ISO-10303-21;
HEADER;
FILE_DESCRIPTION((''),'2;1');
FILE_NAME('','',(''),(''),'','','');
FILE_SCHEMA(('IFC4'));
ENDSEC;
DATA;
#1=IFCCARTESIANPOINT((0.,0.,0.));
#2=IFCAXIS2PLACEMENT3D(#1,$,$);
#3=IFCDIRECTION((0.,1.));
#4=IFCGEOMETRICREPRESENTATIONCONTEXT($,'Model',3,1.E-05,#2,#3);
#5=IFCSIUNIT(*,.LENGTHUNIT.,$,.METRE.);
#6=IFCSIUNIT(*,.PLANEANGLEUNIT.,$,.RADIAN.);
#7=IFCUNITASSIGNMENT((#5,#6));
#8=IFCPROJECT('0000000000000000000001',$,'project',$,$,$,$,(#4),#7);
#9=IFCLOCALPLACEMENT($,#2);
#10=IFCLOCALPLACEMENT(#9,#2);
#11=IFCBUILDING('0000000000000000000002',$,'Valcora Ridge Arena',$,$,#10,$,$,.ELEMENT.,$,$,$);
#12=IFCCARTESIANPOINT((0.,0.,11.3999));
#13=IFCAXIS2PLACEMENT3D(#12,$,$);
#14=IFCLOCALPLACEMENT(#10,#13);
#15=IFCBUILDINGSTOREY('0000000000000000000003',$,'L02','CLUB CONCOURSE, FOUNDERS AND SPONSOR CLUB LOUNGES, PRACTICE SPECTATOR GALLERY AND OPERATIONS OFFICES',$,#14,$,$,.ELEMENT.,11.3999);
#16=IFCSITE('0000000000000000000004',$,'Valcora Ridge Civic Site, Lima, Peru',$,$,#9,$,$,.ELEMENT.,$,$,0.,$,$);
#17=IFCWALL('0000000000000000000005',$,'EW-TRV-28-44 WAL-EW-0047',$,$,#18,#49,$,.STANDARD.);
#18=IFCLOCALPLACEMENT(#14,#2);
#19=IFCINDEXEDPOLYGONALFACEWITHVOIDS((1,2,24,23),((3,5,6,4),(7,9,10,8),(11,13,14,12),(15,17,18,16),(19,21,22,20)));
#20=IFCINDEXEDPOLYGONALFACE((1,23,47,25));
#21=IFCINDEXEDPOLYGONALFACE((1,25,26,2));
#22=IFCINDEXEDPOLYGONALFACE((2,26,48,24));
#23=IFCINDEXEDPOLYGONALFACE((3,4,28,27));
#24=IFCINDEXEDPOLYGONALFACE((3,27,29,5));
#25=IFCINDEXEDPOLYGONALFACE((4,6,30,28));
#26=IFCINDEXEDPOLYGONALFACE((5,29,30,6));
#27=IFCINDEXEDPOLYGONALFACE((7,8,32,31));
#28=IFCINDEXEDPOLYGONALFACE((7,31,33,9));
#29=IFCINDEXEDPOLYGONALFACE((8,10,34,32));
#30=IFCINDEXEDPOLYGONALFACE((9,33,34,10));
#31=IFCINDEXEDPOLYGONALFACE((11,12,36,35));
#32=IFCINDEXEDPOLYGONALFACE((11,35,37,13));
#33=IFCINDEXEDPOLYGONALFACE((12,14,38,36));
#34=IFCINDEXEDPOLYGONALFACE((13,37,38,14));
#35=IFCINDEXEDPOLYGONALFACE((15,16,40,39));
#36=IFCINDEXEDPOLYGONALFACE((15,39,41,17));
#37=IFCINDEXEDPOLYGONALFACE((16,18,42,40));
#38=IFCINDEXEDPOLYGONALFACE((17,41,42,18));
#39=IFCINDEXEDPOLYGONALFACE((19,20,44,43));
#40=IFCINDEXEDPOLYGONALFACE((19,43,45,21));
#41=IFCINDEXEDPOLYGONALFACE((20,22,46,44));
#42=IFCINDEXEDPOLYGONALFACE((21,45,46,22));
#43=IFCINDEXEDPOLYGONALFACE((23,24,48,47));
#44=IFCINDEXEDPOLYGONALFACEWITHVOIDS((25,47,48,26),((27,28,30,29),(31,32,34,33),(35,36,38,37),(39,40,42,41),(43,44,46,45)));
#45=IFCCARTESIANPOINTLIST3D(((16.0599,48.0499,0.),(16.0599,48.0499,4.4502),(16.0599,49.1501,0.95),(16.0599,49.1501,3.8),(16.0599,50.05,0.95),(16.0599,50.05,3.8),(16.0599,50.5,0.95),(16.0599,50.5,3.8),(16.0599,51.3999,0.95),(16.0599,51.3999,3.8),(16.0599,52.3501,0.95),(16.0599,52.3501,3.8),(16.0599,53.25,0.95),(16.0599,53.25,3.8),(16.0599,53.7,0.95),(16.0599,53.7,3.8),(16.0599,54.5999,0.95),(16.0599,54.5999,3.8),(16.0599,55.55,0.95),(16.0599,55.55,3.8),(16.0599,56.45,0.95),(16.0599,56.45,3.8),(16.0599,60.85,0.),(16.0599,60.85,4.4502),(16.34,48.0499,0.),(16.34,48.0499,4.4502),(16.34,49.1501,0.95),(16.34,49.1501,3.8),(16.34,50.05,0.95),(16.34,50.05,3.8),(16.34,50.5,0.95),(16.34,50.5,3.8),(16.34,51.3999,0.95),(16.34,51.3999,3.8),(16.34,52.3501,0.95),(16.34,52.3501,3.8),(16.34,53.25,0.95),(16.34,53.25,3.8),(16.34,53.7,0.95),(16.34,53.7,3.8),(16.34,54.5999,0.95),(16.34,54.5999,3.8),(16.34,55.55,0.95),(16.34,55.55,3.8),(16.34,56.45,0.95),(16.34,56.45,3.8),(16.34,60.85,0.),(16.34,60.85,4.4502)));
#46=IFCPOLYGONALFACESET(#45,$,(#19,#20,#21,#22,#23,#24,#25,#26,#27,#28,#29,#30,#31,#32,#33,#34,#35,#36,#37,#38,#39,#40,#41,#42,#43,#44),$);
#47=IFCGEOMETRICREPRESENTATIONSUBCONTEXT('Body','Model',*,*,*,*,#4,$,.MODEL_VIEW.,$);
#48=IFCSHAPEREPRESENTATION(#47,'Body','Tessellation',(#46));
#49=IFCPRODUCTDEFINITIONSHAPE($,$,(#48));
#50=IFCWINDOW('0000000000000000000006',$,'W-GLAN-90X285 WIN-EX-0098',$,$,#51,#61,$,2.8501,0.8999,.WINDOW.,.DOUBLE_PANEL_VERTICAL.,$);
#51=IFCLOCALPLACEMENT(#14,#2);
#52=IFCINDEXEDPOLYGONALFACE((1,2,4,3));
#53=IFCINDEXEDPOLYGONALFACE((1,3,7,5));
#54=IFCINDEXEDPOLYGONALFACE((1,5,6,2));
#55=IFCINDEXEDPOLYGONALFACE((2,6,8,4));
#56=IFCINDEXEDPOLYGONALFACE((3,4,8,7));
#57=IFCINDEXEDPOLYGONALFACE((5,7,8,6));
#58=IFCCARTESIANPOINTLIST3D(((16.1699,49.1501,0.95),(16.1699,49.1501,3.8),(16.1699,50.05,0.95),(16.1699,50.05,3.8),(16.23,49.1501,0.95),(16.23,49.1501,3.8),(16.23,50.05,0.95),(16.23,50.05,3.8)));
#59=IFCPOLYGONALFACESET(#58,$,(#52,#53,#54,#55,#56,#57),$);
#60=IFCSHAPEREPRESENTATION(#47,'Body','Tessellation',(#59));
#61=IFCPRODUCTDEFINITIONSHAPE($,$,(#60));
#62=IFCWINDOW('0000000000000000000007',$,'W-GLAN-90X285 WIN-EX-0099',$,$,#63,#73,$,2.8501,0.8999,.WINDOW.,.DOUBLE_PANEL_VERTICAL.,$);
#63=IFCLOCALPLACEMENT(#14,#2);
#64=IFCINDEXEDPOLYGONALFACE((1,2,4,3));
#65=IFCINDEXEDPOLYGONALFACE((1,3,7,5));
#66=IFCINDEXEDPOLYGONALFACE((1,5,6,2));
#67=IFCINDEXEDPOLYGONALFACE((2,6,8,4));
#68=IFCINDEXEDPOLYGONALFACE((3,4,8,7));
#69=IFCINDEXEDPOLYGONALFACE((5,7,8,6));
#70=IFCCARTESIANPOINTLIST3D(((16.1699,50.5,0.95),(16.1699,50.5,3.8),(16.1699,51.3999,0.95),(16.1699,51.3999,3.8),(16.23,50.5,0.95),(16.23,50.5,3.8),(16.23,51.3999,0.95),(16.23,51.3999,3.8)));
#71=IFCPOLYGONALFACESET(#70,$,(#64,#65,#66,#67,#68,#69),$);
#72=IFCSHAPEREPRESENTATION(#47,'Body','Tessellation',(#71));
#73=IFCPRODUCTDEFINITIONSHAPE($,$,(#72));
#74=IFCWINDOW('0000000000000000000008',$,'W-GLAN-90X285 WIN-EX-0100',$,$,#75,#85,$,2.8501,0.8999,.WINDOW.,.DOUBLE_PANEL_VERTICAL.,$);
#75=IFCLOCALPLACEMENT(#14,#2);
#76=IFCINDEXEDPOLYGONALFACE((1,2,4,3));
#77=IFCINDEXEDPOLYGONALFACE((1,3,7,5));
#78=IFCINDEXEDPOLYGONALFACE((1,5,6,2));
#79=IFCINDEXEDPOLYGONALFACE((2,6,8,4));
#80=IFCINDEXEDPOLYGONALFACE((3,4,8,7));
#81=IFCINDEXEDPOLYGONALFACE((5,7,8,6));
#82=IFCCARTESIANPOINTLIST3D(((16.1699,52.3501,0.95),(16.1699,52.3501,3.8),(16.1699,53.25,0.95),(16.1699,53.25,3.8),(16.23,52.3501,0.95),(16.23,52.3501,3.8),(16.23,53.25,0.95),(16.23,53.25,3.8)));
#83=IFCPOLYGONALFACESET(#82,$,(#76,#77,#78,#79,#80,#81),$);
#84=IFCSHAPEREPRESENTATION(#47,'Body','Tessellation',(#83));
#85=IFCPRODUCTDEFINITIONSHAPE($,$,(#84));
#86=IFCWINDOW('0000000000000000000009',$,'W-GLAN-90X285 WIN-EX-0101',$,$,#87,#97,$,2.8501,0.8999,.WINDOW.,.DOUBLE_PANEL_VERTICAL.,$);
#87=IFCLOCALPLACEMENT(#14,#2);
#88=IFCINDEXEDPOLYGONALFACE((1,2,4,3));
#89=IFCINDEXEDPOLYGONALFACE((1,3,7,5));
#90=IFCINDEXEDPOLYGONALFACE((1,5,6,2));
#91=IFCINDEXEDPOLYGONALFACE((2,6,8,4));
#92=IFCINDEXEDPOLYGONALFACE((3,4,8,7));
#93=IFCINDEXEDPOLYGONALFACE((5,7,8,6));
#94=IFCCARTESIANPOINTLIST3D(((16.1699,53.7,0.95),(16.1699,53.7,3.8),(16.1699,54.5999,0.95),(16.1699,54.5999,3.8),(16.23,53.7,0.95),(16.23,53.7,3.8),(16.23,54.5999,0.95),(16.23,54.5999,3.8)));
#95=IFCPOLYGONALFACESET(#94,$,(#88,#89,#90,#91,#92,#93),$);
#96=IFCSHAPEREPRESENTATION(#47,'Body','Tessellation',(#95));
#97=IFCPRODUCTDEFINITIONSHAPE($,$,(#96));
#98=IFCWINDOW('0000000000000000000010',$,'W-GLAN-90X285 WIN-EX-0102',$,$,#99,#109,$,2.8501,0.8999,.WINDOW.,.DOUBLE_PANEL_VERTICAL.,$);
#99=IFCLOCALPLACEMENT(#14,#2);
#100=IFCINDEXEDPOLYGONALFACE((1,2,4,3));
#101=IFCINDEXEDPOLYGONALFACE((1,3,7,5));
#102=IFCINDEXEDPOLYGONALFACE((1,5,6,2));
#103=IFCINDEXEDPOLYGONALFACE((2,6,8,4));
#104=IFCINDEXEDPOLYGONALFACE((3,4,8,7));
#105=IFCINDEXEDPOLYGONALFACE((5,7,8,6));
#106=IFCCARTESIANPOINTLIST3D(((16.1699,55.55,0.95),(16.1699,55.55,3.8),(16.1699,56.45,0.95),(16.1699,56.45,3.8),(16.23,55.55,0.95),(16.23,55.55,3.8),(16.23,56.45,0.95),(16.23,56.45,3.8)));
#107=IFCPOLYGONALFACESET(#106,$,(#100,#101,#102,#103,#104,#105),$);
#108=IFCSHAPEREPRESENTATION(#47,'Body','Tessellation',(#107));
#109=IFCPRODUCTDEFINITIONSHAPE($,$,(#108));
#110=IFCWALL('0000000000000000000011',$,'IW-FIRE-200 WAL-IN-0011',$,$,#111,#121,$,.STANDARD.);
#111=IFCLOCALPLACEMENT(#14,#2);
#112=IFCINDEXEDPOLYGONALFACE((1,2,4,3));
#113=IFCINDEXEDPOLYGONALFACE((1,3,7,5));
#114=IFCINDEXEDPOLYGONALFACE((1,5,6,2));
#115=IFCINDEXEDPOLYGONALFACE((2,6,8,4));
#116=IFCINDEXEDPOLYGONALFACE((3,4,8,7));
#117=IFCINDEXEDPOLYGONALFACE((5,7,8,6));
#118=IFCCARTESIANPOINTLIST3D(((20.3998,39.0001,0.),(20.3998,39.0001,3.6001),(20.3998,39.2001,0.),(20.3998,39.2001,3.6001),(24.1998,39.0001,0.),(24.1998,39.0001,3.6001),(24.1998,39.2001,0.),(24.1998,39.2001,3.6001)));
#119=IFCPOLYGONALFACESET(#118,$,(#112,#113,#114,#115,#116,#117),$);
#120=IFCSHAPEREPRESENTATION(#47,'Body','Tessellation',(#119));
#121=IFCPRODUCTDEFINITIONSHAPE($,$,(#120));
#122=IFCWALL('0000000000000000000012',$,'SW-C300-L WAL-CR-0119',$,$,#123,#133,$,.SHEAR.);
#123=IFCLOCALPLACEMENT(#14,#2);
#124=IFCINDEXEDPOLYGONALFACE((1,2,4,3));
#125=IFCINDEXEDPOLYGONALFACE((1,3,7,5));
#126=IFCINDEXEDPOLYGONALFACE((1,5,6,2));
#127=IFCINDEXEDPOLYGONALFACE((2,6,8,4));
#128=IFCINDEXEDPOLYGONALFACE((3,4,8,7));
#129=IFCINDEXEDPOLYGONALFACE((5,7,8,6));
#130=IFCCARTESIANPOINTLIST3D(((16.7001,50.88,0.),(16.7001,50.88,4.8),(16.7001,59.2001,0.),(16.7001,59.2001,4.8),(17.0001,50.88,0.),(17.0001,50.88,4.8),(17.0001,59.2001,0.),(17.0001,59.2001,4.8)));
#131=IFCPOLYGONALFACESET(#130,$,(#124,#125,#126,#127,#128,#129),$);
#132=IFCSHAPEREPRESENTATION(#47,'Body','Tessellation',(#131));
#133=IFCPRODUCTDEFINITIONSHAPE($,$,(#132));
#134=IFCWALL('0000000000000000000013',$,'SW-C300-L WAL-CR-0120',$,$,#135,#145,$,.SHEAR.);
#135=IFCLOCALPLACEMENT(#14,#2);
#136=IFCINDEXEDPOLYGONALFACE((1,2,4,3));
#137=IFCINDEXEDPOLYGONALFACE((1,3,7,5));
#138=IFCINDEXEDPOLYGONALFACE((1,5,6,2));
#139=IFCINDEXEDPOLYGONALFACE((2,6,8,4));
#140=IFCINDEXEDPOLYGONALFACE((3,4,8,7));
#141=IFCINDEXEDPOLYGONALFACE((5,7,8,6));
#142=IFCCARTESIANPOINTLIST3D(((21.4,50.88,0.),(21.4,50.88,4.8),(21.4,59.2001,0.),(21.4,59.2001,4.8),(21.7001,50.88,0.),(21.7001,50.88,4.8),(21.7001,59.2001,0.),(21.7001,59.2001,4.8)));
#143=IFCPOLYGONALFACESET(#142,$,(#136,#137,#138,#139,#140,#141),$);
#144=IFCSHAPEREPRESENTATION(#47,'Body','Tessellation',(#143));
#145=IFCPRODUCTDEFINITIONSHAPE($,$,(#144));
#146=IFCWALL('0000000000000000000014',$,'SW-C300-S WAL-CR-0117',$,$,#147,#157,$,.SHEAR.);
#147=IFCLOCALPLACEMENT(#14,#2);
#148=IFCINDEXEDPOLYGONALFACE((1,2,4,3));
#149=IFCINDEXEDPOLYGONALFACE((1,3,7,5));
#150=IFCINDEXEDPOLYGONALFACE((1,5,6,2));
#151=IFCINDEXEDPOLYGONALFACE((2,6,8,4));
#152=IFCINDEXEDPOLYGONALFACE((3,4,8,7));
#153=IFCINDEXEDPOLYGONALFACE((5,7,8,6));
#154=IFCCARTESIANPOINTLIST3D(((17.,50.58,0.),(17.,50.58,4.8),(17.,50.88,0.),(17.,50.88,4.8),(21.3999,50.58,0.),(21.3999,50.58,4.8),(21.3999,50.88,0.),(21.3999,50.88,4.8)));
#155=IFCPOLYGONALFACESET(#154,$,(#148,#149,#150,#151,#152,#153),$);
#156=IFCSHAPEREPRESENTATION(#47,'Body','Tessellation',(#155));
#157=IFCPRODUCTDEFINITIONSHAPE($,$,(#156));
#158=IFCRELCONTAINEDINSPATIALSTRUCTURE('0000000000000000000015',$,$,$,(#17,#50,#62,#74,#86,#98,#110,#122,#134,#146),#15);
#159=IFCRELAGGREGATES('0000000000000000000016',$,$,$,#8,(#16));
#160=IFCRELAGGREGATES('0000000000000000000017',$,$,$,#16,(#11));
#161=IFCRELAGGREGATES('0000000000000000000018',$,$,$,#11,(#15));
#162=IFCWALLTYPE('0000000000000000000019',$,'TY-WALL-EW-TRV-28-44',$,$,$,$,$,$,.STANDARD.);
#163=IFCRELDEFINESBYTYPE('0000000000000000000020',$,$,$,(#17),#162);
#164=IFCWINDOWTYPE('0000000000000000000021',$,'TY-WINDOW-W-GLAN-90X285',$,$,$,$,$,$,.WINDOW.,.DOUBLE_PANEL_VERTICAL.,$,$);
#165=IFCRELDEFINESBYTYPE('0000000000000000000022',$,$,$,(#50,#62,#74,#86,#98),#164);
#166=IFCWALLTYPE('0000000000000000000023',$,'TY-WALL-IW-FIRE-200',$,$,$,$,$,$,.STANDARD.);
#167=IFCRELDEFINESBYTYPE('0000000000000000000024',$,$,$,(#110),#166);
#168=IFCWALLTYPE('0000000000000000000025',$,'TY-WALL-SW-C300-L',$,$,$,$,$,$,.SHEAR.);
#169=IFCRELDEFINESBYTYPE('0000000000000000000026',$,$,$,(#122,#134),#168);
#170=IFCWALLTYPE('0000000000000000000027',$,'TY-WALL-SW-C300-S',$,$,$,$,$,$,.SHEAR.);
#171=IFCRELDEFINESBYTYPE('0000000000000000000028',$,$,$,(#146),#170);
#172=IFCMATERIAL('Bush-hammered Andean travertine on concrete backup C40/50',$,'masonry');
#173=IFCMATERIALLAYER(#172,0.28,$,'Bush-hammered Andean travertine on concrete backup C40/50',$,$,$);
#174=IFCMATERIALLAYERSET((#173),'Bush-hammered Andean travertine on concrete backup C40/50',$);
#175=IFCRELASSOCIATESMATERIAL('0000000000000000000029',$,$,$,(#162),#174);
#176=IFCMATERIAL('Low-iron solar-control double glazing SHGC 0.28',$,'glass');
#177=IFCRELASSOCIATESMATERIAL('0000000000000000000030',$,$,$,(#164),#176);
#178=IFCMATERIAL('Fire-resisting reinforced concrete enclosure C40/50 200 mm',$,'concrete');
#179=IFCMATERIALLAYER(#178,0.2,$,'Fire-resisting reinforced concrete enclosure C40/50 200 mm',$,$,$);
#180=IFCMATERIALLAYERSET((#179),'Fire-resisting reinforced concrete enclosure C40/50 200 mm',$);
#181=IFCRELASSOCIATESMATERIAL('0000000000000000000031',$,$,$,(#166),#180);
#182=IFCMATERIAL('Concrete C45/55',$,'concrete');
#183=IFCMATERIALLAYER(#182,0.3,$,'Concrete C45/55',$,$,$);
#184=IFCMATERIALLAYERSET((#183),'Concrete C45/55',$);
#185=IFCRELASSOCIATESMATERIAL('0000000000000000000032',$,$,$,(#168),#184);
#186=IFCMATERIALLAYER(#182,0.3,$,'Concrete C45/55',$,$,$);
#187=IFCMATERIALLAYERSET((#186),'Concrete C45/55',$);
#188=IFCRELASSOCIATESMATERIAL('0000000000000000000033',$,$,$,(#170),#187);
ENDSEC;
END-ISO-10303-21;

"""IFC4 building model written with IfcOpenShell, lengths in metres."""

from ifc_helpers import new_model, si_unit, direction, frame, frame_2d, origin, place, context, subcontext, project, spatial, rectangle, extrude, material, layer, layer_set, type_object, element, fill, save


model = new_model("IFC4")

# Units and contexts
model_context = context("Model", 3, precision=1e-05, world=origin(), true_north=direction((0.0, 1.0)))
body_context = subcontext(model_context, "Body", "Model", "MODEL_VIEW")
ifc_project = project(units=[si_unit("LENGTHUNIT", "METRE"), si_unit("PLANEANGLEUNIT", "RADIAN")], contexts=[model_context])

# Site, building, storey
site_placement = place(None, origin())
site = spatial("IfcSite", under=ifc_project, at=site_placement, Name="Valcora Ridge Civic Site, Lima, Peru", CompositionType="ELEMENT", RefElevation=0.0)
building_placement = place(site_placement, origin())
building = spatial("IfcBuilding", under=site, at=building_placement, Name="Valcora Ridge Arena", CompositionType="ELEMENT")
storey_placement = place(building_placement, frame((0.0, 0.0, 11.3999)))
storey = spatial("IfcBuildingStorey", under=building, at=storey_placement, Name="L02", Description="CLUB CONCOURSE, FOUNDERS AND SPONSOR CLUB LOUNGES, PRACTICE SPECTATOR GALLERY AND OPERATIONS OFFICES", CompositionType="ELEMENT", Elevation=11.3999)

# Shared definitions
ifc_material_1 = material(Name="Low-iron solar-control double glazing SHGC 0.28", Category="glass")

# Wall, openings, windows
ifc_material_2 = material(Name="Bush-hammered Andean travertine on concrete backup C40/50", Category="masonry")
ifc_layer_1 = layer(ifc_material_2, 0.28, Name="Bush-hammered Andean travertine on concrete backup C40/50")
ifc_layer_set_1 = layer_set([ifc_layer_1], Name="Bush-hammered Andean travertine on concrete backup C40/50")
wall_type_1 = type_object("IfcWallType", Name="TY-WALL-EW-TRV-28-44", PredefinedType="STANDARD", material=ifc_layer_set_1)
wall_1_placement = place(storey_placement, frame((16.2, 48.05, 0.0), z_axis=(0.0, 0.0, 1.0), x_axis=(0.0, 1.0, 0.0)))
wall_1 = element("IfcWall", 1, at=wall_1_placement, inside=storey, type_object=wall_type_1, Name="EW-TRV-28-44 WAL-EW-0047", PredefinedType="STANDARD", context=body_context, shape_type="SweptSolid", body=[
    extrude(rectangle(XDim=12.8, YDim=0.28, at=frame_2d((6.3999, 0.0))), origin(), (0.0, 0.0, 1.0), 4.4502),
])
opening_1_placement = place(wall_1_placement, frame((1.1001, 0.0, 0.95)))
opening_1 = element("IfcOpeningElement", 2, at=opening_1_placement, cuts=wall_1, PredefinedType="OPENING", context=body_context, shape_type="SweptSolid", body=[
    extrude(rectangle(XDim=0.8999, YDim=2.8501, at=frame_2d((0.45, 1.425))), frame((0.0, 0.1499, 0.0), z_axis=(0.0, -1.0, 0.0), x_axis=(1.0, 0.0, 0.0)), (0.0, 0.0, 1.0), 0.3),
])
opening_2_placement = place(wall_1_placement, frame((2.45, 0.0, 0.95)))
opening_2 = element("IfcOpeningElement", 3, at=opening_2_placement, cuts=wall_1, PredefinedType="OPENING", context=body_context, shape_type="SweptSolid", body=[
    extrude(rectangle(XDim=0.8999, YDim=2.8501, at=frame_2d((0.45, 1.425))), frame((0.0, 0.1499, 0.0), z_axis=(0.0, -1.0, 0.0), x_axis=(1.0, 0.0, 0.0)), (0.0, 0.0, 1.0), 0.3),
])
opening_3_placement = place(wall_1_placement, frame((4.3, 0.0, 0.95)))
opening_3 = element("IfcOpeningElement", 4, at=opening_3_placement, cuts=wall_1, PredefinedType="OPENING", context=body_context, shape_type="SweptSolid", body=[
    extrude(rectangle(XDim=0.8999, YDim=2.8501, at=frame_2d((0.45, 1.425))), frame((0.0, 0.1499, 0.0), z_axis=(0.0, -1.0, 0.0), x_axis=(1.0, 0.0, 0.0)), (0.0, 0.0, 1.0), 0.3),
])
opening_4_placement = place(wall_1_placement, frame((5.6499, 0.0, 0.95)))
opening_4 = element("IfcOpeningElement", 5, at=opening_4_placement, cuts=wall_1, PredefinedType="OPENING", context=body_context, shape_type="SweptSolid", body=[
    extrude(rectangle(XDim=0.8999, YDim=2.8501, at=frame_2d((0.45, 1.425))), frame((0.0, 0.1499, 0.0), z_axis=(0.0, -1.0, 0.0), x_axis=(1.0, 0.0, 0.0)), (0.0, 0.0, 1.0), 0.3),
])
opening_5_placement = place(wall_1_placement, frame((7.5, 0.0, 0.95)))
opening_5 = element("IfcOpeningElement", 6, at=opening_5_placement, cuts=wall_1, PredefinedType="OPENING", context=body_context, shape_type="SweptSolid", body=[
    extrude(rectangle(XDim=0.8999, YDim=2.8501, at=frame_2d((0.45, 1.425))), frame((0.0, 0.1499, 0.0), z_axis=(0.0, -1.0, 0.0), x_axis=(1.0, 0.0, 0.0)), (0.0, 0.0, 1.0), 0.3),
])
window_type = type_object("IfcWindowType", Name="TY-WINDOW-W-GLAN-90X285", PartitioningType="DOUBLE_PANEL_VERTICAL", PredefinedType="WINDOW", material=ifc_material_1)
window_1_placement = place(opening_1_placement, origin())
window_1 = element("IfcWindow", 7, at=window_1_placement, inside=storey, type_object=window_type, Name="W-GLAN-90X285 WIN-EX-0098", OverallHeight=2.8501, OverallWidth=0.8999, PartitioningType="DOUBLE_PANEL_VERTICAL", PredefinedType="WINDOW", context=body_context, shape_type="SweptSolid", body=[
    extrude(rectangle(XDim=0.8999, YDim=2.8501, at=frame_2d((0.45, 1.425))), frame((0.0, 0.03, 0.0), z_axis=(0.0, -1.0, 0.0), x_axis=(1.0, 0.0, 0.0)), (0.0, 0.0, 1.0), 0.0601),
])
fill(opening_1, window_1)
window_2_placement = place(opening_2_placement, origin())
window_2 = element("IfcWindow", 8, at=window_2_placement, inside=storey, type_object=window_type, Name="W-GLAN-90X285 WIN-EX-0099", OverallHeight=2.8501, OverallWidth=0.8999, PartitioningType="DOUBLE_PANEL_VERTICAL", PredefinedType="WINDOW", context=body_context, shape_type="SweptSolid", body=[
    extrude(rectangle(XDim=0.8999, YDim=2.8501, at=frame_2d((0.45, 1.425))), frame((0.0, 0.03, 0.0), z_axis=(0.0, -1.0, 0.0), x_axis=(1.0, 0.0, 0.0)), (0.0, 0.0, 1.0), 0.0601),
])
fill(opening_2, window_2)
window_3_placement = place(opening_3_placement, origin())
window_3 = element("IfcWindow", 9, at=window_3_placement, inside=storey, type_object=window_type, Name="W-GLAN-90X285 WIN-EX-0100", OverallHeight=2.8501, OverallWidth=0.8999, PartitioningType="DOUBLE_PANEL_VERTICAL", PredefinedType="WINDOW", context=body_context, shape_type="SweptSolid", body=[
    extrude(rectangle(XDim=0.8999, YDim=2.8501, at=frame_2d((0.45, 1.425))), frame((0.0, 0.03, 0.0), z_axis=(0.0, -1.0, 0.0), x_axis=(1.0, 0.0, 0.0)), (0.0, 0.0, 1.0), 0.0601),
])
fill(opening_3, window_3)
window_4_placement = place(opening_4_placement, origin())
window_4 = element("IfcWindow", 10, at=window_4_placement, inside=storey, type_object=window_type, Name="W-GLAN-90X285 WIN-EX-0101", OverallHeight=2.8501, OverallWidth=0.8999, PartitioningType="DOUBLE_PANEL_VERTICAL", PredefinedType="WINDOW", context=body_context, shape_type="SweptSolid", body=[
    extrude(rectangle(XDim=0.8999, YDim=2.8501, at=frame_2d((0.45, 1.425))), frame((0.0, 0.03, 0.0), z_axis=(0.0, -1.0, 0.0), x_axis=(1.0, 0.0, 0.0)), (0.0, 0.0, 1.0), 0.0601),
])
fill(opening_4, window_4)
window_5_placement = place(opening_5_placement, origin())
window_5 = element("IfcWindow", 11, at=window_5_placement, inside=storey, type_object=window_type, Name="W-GLAN-90X285 WIN-EX-0102", OverallHeight=2.8501, OverallWidth=0.8999, PartitioningType="DOUBLE_PANEL_VERTICAL", PredefinedType="WINDOW", context=body_context, shape_type="SweptSolid", body=[
    extrude(rectangle(XDim=0.8999, YDim=2.8501, at=frame_2d((0.45, 1.425))), frame((0.0, 0.03, 0.0), z_axis=(0.0, -1.0, 0.0), x_axis=(1.0, 0.0, 0.0)), (0.0, 0.0, 1.0), 0.0601),
])
fill(opening_5, window_5)

# Walls
ifc_material_3 = material(Name="Fire-resisting reinforced concrete enclosure C40/50 200 mm", Category="concrete")
ifc_layer_2 = layer(ifc_material_3, 0.2, Name="Fire-resisting reinforced concrete enclosure C40/50 200 mm")
ifc_layer_set_2 = layer_set([ifc_layer_2], Name="Fire-resisting reinforced concrete enclosure C40/50 200 mm")
wall_type_2 = type_object("IfcWallType", Name="TY-WALL-IW-FIRE-200", PredefinedType="STANDARD", material=ifc_layer_set_2)
wall_2_placement = place(storey_placement, frame((20.3999, 39.1001, 0.0), z_axis=(0.0, 0.0, 1.0), x_axis=(1.0, 0.0, 0.0)))
element("IfcWall", 12, at=wall_2_placement, inside=storey, type_object=wall_type_2, Name="IW-FIRE-200 WAL-IN-0011", PredefinedType="STANDARD", context=body_context, shape_type="SweptSolid", body=[
    extrude(rectangle(XDim=3.8, YDim=0.2, at=frame_2d((1.8999, 0.0))), origin(), (0.0, 0.0, 1.0), 3.6001),
])
ifc_material_4 = material(Name="Concrete C45/55", Category="concrete")
ifc_layer_3 = layer(ifc_material_4, 0.3, Name="Concrete C45/55")
ifc_layer_set_3 = layer_set([ifc_layer_3], Name="Concrete C45/55")
wall_type_3 = type_object("IfcWallType", Name="TY-WALL-SW-C300-L", PredefinedType="SHEAR", material=ifc_layer_set_3)
for number, where, z_axis, x_axis, name in (
    (13, (16.8501, 50.8799, 0.0), (0.0, 0.0, 1.0), (0.0, 1.0, 0.0), "SW-C300-L WAL-CR-0119"),
    (14, (21.55, 50.8799, 0.0), (0.0, 0.0, 1.0), (0.0, 1.0, 0.0), "SW-C300-L WAL-CR-0120"),
):
    element("IfcWall", number, at=place(storey_placement, frame(where, z_axis=z_axis, x_axis=x_axis)), inside=storey, type_object=wall_type_3, Name=name, PredefinedType="SHEAR", context=body_context, shape_type="SweptSolid", body=[
        extrude(rectangle(XDim=8.3201, YDim=0.3, at=frame_2d((4.1602, 0.0))), origin(), (0.0, 0.0, 1.0), 4.8),
    ])
ifc_layer_4 = layer(ifc_material_4, 0.3, Name="Concrete C45/55")
ifc_layer_set_4 = layer_set([ifc_layer_4], Name="Concrete C45/55")
wall_type_4 = type_object("IfcWallType", Name="TY-WALL-SW-C300-S", PredefinedType="SHEAR", material=ifc_layer_set_4)
wall_3_placement = place(storey_placement, frame((17.0, 50.73, 0.0), z_axis=(0.0, 0.0, 1.0), x_axis=(1.0, 0.0, 0.0)))
element("IfcWall", 15, at=wall_3_placement, inside=storey, type_object=wall_type_4, Name="SW-C300-S WAL-CR-0117", PredefinedType="SHEAR", context=body_context, shape_type="SweptSolid", body=[
    extrude(rectangle(XDim=4.3999, YDim=0.3, at=frame_2d((2.2, 0.0))), origin(), (0.0, 0.0, 1.0), 4.8),
])

save(model, "model.ifc")
